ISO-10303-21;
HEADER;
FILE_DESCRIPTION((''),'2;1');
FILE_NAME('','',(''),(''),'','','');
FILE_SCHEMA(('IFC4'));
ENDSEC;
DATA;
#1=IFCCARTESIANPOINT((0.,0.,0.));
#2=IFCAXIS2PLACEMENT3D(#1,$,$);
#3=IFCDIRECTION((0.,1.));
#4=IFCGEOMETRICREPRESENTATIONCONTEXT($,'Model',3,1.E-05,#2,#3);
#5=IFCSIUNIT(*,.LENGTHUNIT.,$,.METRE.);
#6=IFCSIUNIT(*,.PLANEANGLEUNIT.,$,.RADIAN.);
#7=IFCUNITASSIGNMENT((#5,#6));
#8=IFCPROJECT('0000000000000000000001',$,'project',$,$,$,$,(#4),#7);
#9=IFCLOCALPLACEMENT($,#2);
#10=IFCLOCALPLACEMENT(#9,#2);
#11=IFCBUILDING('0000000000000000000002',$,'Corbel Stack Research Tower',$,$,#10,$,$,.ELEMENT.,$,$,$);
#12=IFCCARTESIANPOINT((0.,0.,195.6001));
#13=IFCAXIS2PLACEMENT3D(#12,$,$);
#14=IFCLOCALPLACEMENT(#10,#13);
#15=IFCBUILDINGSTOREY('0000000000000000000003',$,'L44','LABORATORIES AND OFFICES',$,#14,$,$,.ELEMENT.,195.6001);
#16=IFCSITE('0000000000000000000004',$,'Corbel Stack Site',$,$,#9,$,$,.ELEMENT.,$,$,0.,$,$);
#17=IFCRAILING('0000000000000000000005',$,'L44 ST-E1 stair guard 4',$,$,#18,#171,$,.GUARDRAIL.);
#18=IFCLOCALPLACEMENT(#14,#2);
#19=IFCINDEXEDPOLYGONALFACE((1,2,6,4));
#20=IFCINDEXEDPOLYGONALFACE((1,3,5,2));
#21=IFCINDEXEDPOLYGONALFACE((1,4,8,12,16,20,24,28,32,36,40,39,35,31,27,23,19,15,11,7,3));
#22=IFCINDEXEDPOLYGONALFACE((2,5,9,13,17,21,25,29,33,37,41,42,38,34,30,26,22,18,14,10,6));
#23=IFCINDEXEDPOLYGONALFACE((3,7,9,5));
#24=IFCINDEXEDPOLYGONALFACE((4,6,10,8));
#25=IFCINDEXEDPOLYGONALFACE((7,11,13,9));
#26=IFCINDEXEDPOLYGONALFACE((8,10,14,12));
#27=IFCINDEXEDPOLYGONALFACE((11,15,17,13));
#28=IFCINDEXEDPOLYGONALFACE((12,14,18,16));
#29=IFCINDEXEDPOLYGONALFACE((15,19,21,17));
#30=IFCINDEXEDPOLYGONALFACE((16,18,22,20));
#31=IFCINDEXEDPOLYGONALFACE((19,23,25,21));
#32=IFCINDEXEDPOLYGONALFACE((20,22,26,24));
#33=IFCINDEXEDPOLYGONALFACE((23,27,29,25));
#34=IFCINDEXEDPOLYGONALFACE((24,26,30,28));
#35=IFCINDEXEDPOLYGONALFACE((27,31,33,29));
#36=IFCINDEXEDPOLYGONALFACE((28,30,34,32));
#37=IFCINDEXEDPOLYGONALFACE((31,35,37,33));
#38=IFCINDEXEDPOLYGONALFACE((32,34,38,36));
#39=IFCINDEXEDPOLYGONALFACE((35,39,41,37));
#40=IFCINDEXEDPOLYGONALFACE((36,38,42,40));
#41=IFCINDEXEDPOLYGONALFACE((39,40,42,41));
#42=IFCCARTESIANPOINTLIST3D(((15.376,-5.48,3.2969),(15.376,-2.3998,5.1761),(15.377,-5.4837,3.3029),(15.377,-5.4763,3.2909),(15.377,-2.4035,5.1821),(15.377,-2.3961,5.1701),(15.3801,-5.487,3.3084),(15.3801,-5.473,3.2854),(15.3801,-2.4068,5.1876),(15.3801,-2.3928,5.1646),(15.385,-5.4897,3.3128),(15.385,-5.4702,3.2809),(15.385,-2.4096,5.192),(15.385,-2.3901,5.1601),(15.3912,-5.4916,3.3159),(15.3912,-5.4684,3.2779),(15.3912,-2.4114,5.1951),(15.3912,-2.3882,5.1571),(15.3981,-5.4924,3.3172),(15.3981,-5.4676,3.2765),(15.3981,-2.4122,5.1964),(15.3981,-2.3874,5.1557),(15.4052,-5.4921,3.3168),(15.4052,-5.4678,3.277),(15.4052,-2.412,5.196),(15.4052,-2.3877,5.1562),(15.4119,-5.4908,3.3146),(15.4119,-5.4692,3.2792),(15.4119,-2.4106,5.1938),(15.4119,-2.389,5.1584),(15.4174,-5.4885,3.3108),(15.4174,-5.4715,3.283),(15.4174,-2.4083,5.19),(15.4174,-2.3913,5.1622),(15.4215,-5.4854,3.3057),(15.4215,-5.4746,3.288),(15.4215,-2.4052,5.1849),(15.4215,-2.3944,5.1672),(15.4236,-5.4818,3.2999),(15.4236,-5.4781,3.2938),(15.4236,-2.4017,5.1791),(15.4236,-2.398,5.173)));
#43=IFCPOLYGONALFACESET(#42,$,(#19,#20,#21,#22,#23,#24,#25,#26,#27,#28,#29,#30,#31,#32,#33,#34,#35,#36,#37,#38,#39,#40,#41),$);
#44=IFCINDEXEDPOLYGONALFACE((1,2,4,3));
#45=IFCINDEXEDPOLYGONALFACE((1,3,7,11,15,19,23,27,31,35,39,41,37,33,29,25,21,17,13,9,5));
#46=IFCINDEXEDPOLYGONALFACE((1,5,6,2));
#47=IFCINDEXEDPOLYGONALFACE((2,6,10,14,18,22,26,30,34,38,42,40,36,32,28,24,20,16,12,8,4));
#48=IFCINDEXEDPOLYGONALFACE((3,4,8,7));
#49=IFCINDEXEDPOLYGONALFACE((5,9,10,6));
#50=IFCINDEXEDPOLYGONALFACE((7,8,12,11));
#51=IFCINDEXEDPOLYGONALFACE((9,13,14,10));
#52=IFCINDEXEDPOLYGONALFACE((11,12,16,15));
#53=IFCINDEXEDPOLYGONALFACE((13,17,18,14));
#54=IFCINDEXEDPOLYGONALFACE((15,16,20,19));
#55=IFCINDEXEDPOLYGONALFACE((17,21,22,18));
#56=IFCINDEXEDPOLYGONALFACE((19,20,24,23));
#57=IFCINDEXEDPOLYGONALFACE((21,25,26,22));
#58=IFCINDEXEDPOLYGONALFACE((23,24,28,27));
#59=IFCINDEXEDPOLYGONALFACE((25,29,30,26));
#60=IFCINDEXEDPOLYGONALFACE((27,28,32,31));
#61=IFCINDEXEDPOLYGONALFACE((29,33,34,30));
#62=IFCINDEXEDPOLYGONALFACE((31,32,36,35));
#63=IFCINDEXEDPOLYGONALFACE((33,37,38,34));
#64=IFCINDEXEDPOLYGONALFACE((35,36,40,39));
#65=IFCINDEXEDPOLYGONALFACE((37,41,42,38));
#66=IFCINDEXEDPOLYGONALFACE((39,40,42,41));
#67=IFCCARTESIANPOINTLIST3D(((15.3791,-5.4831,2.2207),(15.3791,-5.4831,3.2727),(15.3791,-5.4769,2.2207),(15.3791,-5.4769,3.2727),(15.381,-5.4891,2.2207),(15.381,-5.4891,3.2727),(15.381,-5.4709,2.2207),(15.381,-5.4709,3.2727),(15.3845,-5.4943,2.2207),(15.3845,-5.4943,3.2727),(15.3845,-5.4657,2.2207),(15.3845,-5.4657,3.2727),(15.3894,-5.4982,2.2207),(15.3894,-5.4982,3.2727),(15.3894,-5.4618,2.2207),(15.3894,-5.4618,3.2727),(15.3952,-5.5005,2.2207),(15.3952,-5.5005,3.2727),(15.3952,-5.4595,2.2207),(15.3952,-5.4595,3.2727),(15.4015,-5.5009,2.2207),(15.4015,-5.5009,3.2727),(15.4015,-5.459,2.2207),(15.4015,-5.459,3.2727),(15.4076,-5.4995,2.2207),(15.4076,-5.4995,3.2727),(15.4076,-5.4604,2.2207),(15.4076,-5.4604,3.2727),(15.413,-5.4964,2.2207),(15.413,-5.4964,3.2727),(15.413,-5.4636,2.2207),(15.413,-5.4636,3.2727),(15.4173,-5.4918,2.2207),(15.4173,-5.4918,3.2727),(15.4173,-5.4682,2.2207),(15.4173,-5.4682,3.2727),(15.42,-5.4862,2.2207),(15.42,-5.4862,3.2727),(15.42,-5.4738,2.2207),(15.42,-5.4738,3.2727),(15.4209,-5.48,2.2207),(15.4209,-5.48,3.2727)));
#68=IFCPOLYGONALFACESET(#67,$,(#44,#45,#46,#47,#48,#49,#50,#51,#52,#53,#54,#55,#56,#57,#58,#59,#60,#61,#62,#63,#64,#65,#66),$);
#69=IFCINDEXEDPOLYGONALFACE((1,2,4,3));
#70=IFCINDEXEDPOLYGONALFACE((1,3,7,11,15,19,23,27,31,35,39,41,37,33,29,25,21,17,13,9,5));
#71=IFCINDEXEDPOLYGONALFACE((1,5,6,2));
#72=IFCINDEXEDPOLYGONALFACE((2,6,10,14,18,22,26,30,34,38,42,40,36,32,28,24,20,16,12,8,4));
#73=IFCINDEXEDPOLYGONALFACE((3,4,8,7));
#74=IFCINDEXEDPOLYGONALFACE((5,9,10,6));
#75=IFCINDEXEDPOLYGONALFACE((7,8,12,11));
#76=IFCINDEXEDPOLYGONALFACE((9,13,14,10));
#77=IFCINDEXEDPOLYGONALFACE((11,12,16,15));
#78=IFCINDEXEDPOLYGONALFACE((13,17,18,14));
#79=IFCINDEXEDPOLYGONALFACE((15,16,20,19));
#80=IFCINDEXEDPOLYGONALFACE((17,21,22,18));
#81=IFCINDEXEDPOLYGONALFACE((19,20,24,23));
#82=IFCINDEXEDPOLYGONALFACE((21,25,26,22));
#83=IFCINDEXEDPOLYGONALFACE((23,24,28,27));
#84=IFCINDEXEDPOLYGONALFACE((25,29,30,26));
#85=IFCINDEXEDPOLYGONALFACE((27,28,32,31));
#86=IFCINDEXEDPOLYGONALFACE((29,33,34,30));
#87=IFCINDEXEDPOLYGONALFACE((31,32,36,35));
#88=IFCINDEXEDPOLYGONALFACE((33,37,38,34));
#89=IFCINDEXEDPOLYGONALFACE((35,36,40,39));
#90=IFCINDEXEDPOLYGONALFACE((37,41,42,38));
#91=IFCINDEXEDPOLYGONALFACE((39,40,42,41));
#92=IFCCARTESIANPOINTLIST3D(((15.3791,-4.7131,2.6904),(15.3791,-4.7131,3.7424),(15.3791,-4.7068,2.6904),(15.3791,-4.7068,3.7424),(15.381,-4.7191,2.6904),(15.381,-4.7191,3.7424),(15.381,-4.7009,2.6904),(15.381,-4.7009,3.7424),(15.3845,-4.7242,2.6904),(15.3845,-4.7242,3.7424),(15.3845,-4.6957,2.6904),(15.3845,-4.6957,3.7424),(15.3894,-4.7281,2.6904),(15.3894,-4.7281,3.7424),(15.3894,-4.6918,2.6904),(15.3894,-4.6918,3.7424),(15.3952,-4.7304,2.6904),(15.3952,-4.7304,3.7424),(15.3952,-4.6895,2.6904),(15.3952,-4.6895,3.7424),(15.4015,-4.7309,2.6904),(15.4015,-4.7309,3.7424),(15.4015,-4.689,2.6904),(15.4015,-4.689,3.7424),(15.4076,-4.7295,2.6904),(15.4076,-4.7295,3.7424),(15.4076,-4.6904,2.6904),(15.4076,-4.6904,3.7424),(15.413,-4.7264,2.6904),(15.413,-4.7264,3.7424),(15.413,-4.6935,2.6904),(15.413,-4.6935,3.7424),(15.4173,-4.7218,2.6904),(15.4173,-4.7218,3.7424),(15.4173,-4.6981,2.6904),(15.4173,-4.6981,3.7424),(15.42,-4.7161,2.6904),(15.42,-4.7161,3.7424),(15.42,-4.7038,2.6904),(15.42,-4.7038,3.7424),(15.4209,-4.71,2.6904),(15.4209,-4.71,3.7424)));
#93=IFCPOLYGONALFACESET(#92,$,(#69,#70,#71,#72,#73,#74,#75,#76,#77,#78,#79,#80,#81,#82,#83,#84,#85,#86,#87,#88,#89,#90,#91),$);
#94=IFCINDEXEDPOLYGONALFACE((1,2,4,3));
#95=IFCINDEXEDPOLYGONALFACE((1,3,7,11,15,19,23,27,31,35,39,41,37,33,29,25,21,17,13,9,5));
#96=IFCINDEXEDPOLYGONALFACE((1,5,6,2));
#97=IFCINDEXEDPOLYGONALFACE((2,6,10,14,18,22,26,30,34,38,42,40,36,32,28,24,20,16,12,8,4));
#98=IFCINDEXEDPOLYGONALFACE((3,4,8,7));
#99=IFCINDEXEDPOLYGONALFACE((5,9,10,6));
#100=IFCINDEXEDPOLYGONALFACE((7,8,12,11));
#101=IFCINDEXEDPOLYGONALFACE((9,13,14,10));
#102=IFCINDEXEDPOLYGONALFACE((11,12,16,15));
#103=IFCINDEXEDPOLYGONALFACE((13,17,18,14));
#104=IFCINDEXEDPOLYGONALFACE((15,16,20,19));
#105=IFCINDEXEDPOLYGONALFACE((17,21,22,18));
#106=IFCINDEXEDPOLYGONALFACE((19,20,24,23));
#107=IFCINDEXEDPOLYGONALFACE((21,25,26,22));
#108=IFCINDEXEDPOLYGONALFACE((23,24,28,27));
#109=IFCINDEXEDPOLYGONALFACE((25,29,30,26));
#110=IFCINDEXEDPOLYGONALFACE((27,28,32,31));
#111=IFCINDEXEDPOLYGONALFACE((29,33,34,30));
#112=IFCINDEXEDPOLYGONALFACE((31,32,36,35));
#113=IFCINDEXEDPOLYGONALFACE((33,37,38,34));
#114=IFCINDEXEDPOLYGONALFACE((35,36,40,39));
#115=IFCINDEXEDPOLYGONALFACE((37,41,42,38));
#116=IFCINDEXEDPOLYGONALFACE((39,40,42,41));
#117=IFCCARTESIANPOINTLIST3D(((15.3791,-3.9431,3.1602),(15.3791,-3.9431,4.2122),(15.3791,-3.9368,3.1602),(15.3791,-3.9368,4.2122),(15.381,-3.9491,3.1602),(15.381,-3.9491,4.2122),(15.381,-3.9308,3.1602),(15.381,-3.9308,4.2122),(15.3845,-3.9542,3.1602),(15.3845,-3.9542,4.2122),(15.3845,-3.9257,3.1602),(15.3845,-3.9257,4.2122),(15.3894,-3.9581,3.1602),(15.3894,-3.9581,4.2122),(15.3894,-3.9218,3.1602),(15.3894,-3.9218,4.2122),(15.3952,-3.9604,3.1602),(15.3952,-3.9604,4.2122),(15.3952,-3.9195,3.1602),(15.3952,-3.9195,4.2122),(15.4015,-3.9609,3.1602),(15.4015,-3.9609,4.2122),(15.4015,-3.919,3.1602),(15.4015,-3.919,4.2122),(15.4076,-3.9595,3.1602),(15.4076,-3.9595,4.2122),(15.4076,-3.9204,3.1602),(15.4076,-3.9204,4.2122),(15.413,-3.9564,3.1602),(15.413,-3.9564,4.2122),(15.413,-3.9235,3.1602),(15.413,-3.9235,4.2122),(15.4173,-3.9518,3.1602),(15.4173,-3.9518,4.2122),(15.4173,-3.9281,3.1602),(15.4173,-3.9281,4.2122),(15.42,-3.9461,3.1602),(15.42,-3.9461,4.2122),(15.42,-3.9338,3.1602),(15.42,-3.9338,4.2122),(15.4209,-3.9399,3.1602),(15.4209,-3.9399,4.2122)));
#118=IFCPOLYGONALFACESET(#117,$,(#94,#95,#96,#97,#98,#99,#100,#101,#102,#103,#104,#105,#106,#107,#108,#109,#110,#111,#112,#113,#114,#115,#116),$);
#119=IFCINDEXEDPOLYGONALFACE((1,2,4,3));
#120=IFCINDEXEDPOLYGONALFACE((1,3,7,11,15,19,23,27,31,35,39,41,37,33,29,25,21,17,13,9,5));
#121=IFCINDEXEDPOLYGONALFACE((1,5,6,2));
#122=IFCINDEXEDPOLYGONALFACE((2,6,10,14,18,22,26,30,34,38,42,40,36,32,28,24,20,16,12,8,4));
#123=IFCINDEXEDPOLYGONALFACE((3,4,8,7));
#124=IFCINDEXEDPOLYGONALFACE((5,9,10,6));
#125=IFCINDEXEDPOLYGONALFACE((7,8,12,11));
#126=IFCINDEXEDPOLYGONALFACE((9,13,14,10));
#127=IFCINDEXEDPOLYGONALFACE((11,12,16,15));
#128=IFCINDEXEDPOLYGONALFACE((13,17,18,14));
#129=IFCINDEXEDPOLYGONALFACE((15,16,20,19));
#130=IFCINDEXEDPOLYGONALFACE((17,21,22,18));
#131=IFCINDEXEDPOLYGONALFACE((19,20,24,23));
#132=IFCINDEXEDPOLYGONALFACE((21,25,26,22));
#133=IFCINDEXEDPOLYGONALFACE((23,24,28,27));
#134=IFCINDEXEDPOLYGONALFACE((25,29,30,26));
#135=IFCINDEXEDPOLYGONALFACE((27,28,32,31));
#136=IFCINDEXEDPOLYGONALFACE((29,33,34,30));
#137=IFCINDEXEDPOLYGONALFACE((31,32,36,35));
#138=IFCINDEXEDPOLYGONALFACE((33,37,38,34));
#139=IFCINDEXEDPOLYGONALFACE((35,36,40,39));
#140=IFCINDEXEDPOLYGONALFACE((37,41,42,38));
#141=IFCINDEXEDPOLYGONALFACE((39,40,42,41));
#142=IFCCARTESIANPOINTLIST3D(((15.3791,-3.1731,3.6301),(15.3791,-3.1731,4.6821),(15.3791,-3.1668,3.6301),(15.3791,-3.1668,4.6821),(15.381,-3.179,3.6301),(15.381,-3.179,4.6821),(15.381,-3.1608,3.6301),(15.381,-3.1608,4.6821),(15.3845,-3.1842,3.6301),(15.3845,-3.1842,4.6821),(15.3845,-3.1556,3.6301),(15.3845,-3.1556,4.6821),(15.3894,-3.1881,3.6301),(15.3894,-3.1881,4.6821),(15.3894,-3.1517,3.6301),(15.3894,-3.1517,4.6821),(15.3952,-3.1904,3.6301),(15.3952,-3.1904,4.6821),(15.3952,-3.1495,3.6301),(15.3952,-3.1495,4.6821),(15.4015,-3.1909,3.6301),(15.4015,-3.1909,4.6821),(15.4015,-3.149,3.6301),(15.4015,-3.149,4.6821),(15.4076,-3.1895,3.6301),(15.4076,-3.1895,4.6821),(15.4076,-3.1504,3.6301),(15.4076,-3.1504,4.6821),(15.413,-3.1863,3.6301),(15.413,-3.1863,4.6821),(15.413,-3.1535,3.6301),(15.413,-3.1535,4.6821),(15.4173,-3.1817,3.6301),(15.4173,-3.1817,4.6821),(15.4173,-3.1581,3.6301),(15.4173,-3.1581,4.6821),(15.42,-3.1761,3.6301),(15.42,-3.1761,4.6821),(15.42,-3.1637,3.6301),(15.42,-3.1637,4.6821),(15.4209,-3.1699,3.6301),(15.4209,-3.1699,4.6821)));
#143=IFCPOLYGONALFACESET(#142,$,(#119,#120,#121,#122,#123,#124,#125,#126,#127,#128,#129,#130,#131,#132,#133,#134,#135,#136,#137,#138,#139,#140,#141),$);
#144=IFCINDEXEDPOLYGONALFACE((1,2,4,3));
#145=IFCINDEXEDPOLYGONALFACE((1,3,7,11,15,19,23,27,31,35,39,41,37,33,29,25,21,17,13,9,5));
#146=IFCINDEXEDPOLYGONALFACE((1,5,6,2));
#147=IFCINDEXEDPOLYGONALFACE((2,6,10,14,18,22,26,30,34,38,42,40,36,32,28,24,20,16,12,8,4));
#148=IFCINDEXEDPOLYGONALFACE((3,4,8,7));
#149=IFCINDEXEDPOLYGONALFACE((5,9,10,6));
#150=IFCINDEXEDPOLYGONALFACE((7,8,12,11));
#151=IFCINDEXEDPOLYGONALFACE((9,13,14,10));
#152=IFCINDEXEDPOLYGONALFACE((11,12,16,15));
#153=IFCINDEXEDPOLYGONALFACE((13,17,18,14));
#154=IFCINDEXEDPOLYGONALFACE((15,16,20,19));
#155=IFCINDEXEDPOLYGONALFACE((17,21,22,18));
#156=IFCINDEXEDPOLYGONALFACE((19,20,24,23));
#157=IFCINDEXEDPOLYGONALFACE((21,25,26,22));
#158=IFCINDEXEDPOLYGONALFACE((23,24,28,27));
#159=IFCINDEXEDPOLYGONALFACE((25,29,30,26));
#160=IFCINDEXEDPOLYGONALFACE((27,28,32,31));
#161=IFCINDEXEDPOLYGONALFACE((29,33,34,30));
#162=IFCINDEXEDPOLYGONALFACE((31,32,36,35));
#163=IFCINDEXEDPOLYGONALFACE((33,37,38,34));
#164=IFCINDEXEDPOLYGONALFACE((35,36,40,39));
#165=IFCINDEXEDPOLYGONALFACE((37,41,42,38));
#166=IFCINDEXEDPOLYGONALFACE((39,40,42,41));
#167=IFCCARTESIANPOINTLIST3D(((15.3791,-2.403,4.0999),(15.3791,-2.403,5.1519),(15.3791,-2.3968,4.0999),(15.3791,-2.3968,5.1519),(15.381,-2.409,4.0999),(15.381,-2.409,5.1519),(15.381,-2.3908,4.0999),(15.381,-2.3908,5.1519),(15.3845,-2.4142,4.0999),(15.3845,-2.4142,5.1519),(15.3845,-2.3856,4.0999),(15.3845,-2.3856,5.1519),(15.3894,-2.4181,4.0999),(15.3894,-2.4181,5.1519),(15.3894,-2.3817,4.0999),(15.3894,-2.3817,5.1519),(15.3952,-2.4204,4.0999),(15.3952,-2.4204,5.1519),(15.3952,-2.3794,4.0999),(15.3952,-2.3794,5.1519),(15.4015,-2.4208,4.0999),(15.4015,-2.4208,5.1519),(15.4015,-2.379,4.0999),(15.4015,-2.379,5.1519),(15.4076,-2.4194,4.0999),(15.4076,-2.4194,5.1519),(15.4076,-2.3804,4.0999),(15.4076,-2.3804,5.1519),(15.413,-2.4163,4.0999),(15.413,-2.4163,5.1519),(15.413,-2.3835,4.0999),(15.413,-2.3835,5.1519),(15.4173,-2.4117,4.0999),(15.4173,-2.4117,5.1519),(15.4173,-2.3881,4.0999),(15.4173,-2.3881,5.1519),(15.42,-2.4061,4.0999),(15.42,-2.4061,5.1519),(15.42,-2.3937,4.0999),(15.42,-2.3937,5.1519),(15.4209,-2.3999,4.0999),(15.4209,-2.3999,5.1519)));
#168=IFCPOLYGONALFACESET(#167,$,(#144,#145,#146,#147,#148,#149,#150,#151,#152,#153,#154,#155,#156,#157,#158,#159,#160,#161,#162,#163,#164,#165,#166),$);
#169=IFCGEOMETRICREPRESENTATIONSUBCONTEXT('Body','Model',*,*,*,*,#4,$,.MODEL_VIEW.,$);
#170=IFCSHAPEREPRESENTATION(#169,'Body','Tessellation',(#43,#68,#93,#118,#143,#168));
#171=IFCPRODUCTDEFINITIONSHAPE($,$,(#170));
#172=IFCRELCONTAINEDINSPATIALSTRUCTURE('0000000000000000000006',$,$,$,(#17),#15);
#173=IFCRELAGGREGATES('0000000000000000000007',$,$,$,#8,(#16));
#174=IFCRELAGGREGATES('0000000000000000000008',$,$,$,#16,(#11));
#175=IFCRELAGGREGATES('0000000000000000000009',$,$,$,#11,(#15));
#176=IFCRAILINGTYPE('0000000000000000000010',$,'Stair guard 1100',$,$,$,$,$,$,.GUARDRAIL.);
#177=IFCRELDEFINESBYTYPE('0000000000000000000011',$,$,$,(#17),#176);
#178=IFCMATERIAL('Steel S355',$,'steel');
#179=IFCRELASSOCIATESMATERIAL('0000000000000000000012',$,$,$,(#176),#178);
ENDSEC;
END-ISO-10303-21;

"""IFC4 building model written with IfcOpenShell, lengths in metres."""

from ifc_helpers import new_model, si_unit, direction, frame, origin, origin_2d, place, context, subcontext, project, spatial, circle, extrude, material, type_object, element, save


model = new_model("IFC4")

# Units and contexts
model_context = context("Model", 3, precision=1e-05, world=origin(), true_north=direction((0.0, 1.0)))
body_context = subcontext(model_context, "Body", "Model", "MODEL_VIEW")
ifc_project = project(units=[si_unit("LENGTHUNIT", "METRE"), si_unit("PLANEANGLEUNIT", "RADIAN")], contexts=[model_context])

# Site, building, storey
site_placement = place(None, origin())
site = spatial("IfcSite", under=ifc_project, at=site_placement, Name="Corbel Stack Site", CompositionType="ELEMENT", RefElevation=0.0)
building_placement = place(site_placement, origin())
building = spatial("IfcBuilding", under=site, at=building_placement, Name="Corbel Stack Research Tower", CompositionType="ELEMENT")
storey_placement = place(building_placement, frame((0.0, 0.0, 195.6001)))
storey = spatial("IfcBuildingStorey", under=building, at=storey_placement, Name="L44", Description="LABORATORIES AND OFFICES", CompositionType="ELEMENT", Elevation=195.6001)

# Railing
ifc_material_1 = material(Name="Steel S355", Category="steel")
railing_type_1 = type_object("IfcRailingType", Name="Stair guard 1100", PredefinedType="GUARDRAIL", material=ifc_material_1)
railing_1_placement = place(storey_placement, frame((15.3999, -5.48, 2.2207)))
element("IfcRailing", 1, at=railing_1_placement, inside=storey, type_object=railing_type_1, Name="L44 ST-E1 stair guard 4", PredefinedType="GUARDRAIL", context=body_context, shape_type="SweptSolid", body=[
    extrude(circle(Radius=0.0239, at=origin_2d()), frame((0.0, 0.0, 1.0762), z_axis=(0.0, 0.853666, 0.52082), x_axis=(-1.0, 0.0, 0.0)), (0.0, 0.0, 1.0), 3.6082),
    extrude(circle(Radius=0.021, at=origin_2d()), origin(), (0.0, 0.0, 1.0), 1.052),
    extrude(circle(Radius=0.021, at=origin_2d()), frame((0.0, 0.77, 0.4697)), (0.0, 0.0, 1.0), 1.052),
    extrude(circle(Radius=0.021, at=origin_2d()), frame((0.0, 1.54, 0.9395)), (0.0, 0.0, 1.0), 1.052),
    extrude(circle(Radius=0.021, at=origin_2d()), frame((0.0, 2.3101, 1.4094)), (0.0, 0.0, 1.0), 1.052),
    extrude(circle(Radius=0.021, at=origin_2d()), frame((0.0, 3.0801, 1.8792)), (0.0, 0.0, 1.0), 1.052),
])

save(model, "model.ifc")
